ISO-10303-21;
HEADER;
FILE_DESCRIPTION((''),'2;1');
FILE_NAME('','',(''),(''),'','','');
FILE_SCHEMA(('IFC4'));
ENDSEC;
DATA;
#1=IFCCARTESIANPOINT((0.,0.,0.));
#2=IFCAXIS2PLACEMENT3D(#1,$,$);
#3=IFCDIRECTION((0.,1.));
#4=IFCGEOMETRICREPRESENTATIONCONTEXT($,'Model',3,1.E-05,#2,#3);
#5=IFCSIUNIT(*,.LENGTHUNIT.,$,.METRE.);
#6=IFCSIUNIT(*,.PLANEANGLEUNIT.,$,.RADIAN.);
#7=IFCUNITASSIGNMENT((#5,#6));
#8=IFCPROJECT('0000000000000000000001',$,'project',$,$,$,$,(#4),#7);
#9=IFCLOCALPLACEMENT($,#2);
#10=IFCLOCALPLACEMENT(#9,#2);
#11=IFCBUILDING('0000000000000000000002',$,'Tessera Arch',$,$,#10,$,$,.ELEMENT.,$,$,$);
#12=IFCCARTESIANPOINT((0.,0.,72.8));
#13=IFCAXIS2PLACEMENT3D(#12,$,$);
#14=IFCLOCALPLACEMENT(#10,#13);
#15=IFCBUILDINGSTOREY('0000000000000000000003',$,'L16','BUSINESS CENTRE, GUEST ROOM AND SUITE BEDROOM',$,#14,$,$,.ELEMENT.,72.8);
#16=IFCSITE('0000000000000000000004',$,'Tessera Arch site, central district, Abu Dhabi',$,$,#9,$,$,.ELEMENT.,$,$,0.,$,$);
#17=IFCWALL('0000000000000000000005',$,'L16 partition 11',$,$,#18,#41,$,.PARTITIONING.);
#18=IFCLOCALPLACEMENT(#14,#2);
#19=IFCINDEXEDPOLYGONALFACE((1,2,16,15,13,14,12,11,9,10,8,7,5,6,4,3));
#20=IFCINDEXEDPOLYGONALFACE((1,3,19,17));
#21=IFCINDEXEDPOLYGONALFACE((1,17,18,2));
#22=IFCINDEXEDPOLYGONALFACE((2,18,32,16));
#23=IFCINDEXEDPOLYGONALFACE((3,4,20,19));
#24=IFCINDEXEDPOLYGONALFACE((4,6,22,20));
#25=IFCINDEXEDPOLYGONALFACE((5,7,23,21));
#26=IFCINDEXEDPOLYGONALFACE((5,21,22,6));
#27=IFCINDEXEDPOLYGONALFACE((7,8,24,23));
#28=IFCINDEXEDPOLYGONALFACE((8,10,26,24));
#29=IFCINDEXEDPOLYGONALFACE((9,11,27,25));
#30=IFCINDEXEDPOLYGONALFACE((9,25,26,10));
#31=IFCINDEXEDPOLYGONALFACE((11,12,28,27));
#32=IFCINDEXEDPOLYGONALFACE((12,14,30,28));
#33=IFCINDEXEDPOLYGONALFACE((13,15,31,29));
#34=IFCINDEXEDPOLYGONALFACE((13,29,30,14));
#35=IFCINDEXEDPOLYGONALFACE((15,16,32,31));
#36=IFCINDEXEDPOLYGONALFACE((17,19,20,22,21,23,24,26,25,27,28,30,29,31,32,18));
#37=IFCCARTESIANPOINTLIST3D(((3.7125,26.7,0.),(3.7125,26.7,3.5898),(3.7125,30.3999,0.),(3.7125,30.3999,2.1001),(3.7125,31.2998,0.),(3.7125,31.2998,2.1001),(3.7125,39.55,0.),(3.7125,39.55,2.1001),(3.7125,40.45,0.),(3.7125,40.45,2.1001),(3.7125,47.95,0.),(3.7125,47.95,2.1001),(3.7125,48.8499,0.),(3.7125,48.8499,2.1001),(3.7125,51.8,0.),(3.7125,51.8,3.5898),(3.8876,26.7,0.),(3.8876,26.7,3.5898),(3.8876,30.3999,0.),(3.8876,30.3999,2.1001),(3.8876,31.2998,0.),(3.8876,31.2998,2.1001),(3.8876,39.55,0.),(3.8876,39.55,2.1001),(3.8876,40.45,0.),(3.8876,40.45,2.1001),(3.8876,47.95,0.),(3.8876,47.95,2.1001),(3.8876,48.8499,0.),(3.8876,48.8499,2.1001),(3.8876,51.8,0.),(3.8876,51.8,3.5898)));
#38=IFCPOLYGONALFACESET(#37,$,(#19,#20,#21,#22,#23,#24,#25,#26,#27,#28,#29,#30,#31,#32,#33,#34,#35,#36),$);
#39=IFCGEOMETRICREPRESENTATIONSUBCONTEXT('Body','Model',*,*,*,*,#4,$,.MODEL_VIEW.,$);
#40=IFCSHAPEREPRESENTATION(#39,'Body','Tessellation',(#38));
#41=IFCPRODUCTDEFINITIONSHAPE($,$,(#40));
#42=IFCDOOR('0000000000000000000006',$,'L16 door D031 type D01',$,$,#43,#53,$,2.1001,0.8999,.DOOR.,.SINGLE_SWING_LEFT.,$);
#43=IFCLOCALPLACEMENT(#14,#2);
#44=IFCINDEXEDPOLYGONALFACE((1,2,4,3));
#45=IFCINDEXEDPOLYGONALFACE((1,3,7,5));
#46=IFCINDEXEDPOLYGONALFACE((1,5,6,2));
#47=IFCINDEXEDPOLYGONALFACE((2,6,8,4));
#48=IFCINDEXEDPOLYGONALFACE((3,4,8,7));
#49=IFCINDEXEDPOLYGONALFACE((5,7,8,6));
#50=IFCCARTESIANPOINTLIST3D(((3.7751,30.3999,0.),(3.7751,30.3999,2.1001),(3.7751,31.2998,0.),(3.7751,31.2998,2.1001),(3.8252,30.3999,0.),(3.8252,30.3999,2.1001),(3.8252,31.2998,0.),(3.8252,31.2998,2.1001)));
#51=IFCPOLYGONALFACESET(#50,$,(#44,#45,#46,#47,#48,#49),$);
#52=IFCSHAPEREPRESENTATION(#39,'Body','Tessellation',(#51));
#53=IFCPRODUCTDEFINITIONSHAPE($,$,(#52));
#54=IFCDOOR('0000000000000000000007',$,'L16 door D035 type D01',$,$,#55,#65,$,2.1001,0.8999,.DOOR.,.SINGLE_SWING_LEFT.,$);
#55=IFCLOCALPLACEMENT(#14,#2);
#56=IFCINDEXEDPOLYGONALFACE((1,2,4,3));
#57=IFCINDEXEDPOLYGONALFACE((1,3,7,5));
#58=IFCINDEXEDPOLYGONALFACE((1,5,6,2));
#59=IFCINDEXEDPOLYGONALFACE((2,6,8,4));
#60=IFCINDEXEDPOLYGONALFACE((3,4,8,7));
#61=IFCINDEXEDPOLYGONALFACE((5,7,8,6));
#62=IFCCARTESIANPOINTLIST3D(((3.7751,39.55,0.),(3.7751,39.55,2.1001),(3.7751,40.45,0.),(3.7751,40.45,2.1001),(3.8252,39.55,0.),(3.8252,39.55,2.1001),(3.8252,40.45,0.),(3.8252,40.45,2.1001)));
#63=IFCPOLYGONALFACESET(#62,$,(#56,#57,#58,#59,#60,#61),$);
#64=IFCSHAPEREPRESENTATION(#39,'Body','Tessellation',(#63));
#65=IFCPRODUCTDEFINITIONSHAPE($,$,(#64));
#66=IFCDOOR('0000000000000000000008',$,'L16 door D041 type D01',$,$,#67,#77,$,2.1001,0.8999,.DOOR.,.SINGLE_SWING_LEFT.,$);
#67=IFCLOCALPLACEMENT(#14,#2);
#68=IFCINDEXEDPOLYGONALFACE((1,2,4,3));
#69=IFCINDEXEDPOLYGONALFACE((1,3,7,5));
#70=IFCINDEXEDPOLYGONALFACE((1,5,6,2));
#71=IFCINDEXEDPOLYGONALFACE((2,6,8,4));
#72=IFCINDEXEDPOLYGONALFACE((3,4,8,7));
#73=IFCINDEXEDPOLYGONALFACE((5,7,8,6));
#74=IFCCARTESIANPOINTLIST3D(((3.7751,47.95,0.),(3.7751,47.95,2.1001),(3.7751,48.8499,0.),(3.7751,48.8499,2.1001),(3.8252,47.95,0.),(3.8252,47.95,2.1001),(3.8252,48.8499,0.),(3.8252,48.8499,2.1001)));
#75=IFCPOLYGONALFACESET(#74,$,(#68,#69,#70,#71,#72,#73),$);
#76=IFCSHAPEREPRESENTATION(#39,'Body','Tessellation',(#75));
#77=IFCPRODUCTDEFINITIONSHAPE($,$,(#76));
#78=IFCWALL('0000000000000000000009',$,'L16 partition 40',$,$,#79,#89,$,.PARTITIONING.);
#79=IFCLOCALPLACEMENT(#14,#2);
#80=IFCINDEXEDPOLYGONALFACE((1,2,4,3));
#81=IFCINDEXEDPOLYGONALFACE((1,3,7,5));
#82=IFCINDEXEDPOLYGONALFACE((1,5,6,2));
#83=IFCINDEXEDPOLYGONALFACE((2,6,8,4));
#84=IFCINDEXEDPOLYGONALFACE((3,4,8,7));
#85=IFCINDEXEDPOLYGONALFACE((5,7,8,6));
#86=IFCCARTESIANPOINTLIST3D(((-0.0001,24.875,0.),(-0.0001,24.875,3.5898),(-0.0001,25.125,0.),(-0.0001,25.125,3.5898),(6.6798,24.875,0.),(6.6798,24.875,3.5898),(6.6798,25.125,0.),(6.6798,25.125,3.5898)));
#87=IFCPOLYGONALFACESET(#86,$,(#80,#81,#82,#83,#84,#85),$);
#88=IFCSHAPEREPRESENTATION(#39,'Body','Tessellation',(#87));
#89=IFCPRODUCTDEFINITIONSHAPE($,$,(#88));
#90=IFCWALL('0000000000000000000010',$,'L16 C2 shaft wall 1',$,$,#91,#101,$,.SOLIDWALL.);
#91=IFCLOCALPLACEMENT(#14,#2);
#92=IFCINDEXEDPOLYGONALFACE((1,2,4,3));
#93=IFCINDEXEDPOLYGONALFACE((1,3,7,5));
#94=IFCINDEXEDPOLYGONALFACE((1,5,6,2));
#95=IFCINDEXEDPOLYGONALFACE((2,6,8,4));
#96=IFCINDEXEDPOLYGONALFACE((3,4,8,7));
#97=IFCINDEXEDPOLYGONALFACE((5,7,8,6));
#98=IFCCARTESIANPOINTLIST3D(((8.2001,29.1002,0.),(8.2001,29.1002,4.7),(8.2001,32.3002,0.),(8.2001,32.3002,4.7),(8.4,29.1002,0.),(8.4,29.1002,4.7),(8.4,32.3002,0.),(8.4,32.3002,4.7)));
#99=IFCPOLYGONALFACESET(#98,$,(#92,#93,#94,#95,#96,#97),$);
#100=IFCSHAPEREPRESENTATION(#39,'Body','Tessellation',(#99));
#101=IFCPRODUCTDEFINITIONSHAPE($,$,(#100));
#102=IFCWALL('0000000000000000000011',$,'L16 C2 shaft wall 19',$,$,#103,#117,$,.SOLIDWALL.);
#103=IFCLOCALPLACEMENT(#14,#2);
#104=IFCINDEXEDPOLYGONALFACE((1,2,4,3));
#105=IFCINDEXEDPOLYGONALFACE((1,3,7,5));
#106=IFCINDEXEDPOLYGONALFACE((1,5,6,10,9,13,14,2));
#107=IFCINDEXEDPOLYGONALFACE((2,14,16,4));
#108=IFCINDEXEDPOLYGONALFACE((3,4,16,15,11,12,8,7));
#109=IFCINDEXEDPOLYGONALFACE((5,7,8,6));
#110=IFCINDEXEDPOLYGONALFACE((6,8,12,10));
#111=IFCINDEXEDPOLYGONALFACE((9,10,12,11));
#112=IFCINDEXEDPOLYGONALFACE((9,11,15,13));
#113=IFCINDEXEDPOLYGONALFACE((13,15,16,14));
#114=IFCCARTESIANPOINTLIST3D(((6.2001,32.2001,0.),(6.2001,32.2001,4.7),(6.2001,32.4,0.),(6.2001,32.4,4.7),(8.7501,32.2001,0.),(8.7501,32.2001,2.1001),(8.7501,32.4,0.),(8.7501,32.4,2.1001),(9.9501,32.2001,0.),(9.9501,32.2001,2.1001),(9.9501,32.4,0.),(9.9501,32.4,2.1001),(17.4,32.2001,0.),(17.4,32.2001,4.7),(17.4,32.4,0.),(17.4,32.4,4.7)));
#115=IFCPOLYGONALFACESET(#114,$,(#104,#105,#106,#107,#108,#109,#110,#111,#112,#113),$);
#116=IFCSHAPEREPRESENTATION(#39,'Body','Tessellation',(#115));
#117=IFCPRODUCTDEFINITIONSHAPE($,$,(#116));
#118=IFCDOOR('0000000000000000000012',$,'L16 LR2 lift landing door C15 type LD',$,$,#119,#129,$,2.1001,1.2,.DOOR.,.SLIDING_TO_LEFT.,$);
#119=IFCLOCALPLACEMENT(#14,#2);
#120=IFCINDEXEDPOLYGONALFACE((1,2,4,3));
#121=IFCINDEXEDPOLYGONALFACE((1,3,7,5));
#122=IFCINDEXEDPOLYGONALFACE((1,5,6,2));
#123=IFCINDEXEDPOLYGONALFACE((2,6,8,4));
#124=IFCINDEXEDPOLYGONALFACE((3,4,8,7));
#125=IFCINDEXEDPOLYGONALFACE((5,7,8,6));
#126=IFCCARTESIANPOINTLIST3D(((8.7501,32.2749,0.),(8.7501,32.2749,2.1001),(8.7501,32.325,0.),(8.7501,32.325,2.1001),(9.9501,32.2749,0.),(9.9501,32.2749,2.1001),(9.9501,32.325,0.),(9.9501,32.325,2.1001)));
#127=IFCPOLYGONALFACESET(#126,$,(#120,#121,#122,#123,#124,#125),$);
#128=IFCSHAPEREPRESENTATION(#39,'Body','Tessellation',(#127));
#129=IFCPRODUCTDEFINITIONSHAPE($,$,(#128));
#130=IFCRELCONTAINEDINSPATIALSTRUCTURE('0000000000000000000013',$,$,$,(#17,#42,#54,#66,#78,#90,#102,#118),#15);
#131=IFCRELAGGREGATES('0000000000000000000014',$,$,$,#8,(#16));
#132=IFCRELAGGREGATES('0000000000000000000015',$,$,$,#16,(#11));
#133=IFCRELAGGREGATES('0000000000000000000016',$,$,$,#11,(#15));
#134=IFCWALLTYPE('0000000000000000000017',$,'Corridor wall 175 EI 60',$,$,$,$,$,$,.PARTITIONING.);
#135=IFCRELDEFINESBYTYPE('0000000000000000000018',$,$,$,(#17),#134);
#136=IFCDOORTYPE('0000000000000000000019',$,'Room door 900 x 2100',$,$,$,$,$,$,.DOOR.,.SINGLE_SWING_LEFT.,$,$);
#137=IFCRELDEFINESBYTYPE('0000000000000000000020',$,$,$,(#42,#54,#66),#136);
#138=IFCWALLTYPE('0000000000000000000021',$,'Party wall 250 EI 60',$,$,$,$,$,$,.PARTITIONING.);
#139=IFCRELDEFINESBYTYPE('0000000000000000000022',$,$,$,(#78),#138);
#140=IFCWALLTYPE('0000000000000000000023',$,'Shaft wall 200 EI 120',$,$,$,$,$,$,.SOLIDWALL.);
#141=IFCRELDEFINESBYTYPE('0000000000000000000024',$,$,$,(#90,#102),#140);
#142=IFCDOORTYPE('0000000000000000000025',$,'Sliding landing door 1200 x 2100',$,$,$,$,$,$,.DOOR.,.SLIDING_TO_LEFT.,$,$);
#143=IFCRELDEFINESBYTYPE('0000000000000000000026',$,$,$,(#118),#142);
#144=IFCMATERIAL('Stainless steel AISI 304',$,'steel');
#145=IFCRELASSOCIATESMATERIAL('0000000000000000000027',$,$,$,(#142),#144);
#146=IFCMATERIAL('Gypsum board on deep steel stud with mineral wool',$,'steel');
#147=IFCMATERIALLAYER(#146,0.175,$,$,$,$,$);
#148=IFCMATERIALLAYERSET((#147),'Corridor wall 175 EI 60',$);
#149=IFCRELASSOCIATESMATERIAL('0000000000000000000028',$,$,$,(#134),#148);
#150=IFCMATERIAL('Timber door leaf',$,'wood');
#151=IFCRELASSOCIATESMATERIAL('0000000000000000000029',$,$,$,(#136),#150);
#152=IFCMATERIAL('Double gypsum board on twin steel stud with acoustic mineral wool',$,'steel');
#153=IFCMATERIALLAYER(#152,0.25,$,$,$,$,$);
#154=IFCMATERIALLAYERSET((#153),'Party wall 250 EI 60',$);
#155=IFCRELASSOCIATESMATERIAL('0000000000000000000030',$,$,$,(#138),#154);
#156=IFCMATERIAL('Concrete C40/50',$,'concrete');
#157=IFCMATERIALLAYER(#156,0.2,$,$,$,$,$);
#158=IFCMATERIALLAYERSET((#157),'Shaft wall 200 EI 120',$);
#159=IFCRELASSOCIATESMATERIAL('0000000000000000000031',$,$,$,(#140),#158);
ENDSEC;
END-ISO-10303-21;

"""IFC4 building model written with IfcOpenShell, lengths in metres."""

from ifc_helpers import new_model, si_unit, direction, frame, frame_2d, origin, place, context, subcontext, project, spatial, rectangle, extrude, material, layer, layer_set, type_object, element, fill, save


model = new_model("IFC4")

# Units and contexts
model_context = context("Model", 3, precision=1e-05, world=origin(), true_north=direction((0.0, 1.0)))
body_context = subcontext(model_context, "Body", "Model", "MODEL_VIEW")
ifc_project = project(units=[si_unit("LENGTHUNIT", "METRE"), si_unit("PLANEANGLEUNIT", "RADIAN")], contexts=[model_context])

# Site, building, storey
site_placement = place(None, origin())
site = spatial("IfcSite", under=ifc_project, at=site_placement, Name="Tessera Arch site, central district, Abu Dhabi", CompositionType="ELEMENT", RefElevation=0.0)
building_placement = place(site_placement, origin())
building = spatial("IfcBuilding", under=site, at=building_placement, Name="Tessera Arch", CompositionType="ELEMENT")
storey_placement = place(building_placement, frame((0.0, 0.0, 72.8)))
storey = spatial("IfcBuildingStorey", under=building, at=storey_placement, Name="L16", Description="BUSINESS CENTRE, GUEST ROOM AND SUITE BEDROOM", CompositionType="ELEMENT", Elevation=72.8)

# Shared definitions
ifc_material_1 = material(Name="Stainless steel AISI 304", Category="steel")
door_type_1 = type_object("IfcDoorType", Name="Sliding landing door 1200 x 2100", OperationType="SLIDING_TO_LEFT", PredefinedType="DOOR", material=ifc_material_1)

# Shared definitions
ifc_material_2 = material(Name="Gypsum board on deep steel stud with mineral wool", Category="steel")
ifc_layer_1 = layer(ifc_material_2, 0.175)
ifc_layer_set_1 = layer_set([ifc_layer_1], Name="Corridor wall 175 EI 60")
wall_type_1 = type_object("IfcWallType", Name="Corridor wall 175 EI 60", PredefinedType="PARTITIONING", material=ifc_layer_set_1)

# Wall, openings, doors
wall_1_placement = place(storey_placement, frame((3.8, 26.7, 0.0), z_axis=(0.0, 0.0, 1.0), x_axis=(0.0, 1.0, 0.0)))
wall_1 = element("IfcWall", 1, at=wall_1_placement, inside=storey, type_object=wall_type_1, Name="L16 partition 11", PredefinedType="PARTITIONING", context=body_context, shape_type="SweptSolid", body=[
    extrude(rectangle(XDim=25.1001, YDim=0.175, at=frame_2d((12.55, 0.0))), origin(), (0.0, 0.0, 1.0), 3.5898),
])
opening_1_placement = place(wall_1_placement, frame((3.7, 0.0, 0.0)))
opening_1 = element("IfcOpeningElement", 2, at=opening_1_placement, cuts=wall_1, PredefinedType="OPENING", context=body_context, shape_type="SweptSolid", body=[
    extrude(rectangle(XDim=0.8999, YDim=2.1001, at=frame_2d((0.45, 1.05))), frame((0.0, 0.0974, 0.0), z_axis=(0.0, -1.0, 0.0), x_axis=(1.0, 0.0, 0.0)), (0.0, 0.0, 1.0), 0.1951),
])
opening_2_placement = place(wall_1_placement, frame((12.8501, 0.0, 0.0)))
opening_2 = element("IfcOpeningElement", 3, at=opening_2_placement, cuts=wall_1, PredefinedType="OPENING", context=body_context, shape_type="SweptSolid", body=[
    extrude(rectangle(XDim=0.8999, YDim=2.1001, at=frame_2d((0.45, 1.05))), frame((0.0, 0.0974, 0.0), z_axis=(0.0, -1.0, 0.0), x_axis=(1.0, 0.0, 0.0)), (0.0, 0.0, 1.0), 0.1951),
])
opening_3_placement = place(wall_1_placement, frame((21.25, 0.0, 0.0)))
opening_3 = element("IfcOpeningElement", 4, at=opening_3_placement, cuts=wall_1, PredefinedType="OPENING", context=body_context, shape_type="SweptSolid", body=[
    extrude(rectangle(XDim=0.8999, YDim=2.1001, at=frame_2d((0.45, 1.05))), frame((0.0, 0.0974, 0.0), z_axis=(0.0, -1.0, 0.0), x_axis=(1.0, 0.0, 0.0)), (0.0, 0.0, 1.0), 0.1951),
])
ifc_material_3 = material(Name="Timber door leaf", Category="wood")
door_type_2 = type_object("IfcDoorType", Name="Room door 900 x 2100", OperationType="SINGLE_SWING_LEFT", PredefinedType="DOOR", material=ifc_material_3)
door_1_placement = place(opening_1_placement, origin())
door_1 = element("IfcDoor", 5, at=door_1_placement, inside=storey, type_object=door_type_2, Name="L16 door D031 type D01", OperationType="SINGLE_SWING_LEFT", OverallHeight=2.1001, OverallWidth=0.8999, PredefinedType="DOOR", context=body_context, shape_type="SweptSolid", body=[
    extrude(rectangle(XDim=0.8999, YDim=2.1001, at=frame_2d((0.45, 1.05))), frame((0.0, 0.0249, 0.0), z_axis=(0.0, -1.0, 0.0), x_axis=(1.0, 0.0, 0.0)), (0.0, 0.0, 1.0), 0.05),
])
fill(opening_1, door_1)
door_2_placement = place(opening_2_placement, origin())
door_2 = element("IfcDoor", 6, at=door_2_placement, inside=storey, type_object=door_type_2, Name="L16 door D035 type D01", OperationType="SINGLE_SWING_LEFT", OverallHeight=2.1001, OverallWidth=0.8999, PredefinedType="DOOR", context=body_context, shape_type="SweptSolid", body=[
    extrude(rectangle(XDim=0.8999, YDim=2.1001, at=frame_2d((0.45, 1.05))), frame((0.0, 0.0249, 0.0), z_axis=(0.0, -1.0, 0.0), x_axis=(1.0, 0.0, 0.0)), (0.0, 0.0, 1.0), 0.05),
])
fill(opening_2, door_2)
door_3_placement = place(opening_3_placement, origin())
door_3 = element("IfcDoor", 7, at=door_3_placement, inside=storey, type_object=door_type_2, Name="L16 door D041 type D01", OperationType="SINGLE_SWING_LEFT", OverallHeight=2.1001, OverallWidth=0.8999, PredefinedType="DOOR", context=body_context, shape_type="SweptSolid", body=[
    extrude(rectangle(XDim=0.8999, YDim=2.1001, at=frame_2d((0.45, 1.05))), frame((0.0, 0.0249, 0.0), z_axis=(0.0, -1.0, 0.0), x_axis=(1.0, 0.0, 0.0)), (0.0, 0.0, 1.0), 0.05),
])
fill(opening_3, door_3)

# Walls
ifc_material_4 = material(Name="Double gypsum board on twin steel stud with acoustic mineral wool", Category="steel")
ifc_layer_2 = layer(ifc_material_4, 0.25)
ifc_layer_set_2 = layer_set([ifc_layer_2], Name="Party wall 250 EI 60")
wall_type_2 = type_object("IfcWallType", Name="Party wall 250 EI 60", PredefinedType="PARTITIONING", material=ifc_layer_set_2)
wall_2_placement = place(storey_placement, frame((0.0, 25.0, 0.0), z_axis=(0.0, 0.0, 1.0), x_axis=(1.0, 0.0, 0.0)))
element("IfcWall", 8, at=wall_2_placement, inside=storey, type_object=wall_type_2, Name="L16 partition 40", PredefinedType="PARTITIONING", context=body_context, shape_type="SweptSolid", body=[
    extrude(rectangle(XDim=6.6799, YDim=0.25, at=frame_2d((3.3398, 0.0))), origin(), (0.0, 0.0, 1.0), 3.5898),
])
ifc_material_5 = material(Name="Concrete C40/50", Category="concrete")
ifc_layer_3 = layer(ifc_material_5, 0.2)
ifc_layer_set_3 = layer_set([ifc_layer_3], Name="Shaft wall 200 EI 120")
wall_type_3 = type_object("IfcWallType", Name="Shaft wall 200 EI 120", PredefinedType="SOLIDWALL", material=ifc_layer_set_3)
wall_3_placement = place(storey_placement, frame((8.3, 29.1001, 0.0), z_axis=(0.0, 0.0, 1.0), x_axis=(0.0, 1.0, 0.0)))
element("IfcWall", 9, at=wall_3_placement, inside=storey, type_object=wall_type_3, Name="L16 C2 shaft wall 1", PredefinedType="SOLIDWALL", context=body_context, shape_type="SweptSolid", body=[
    extrude(rectangle(XDim=3.2, YDim=0.2, at=frame_2d((1.6001, 0.0))), origin(), (0.0, 0.0, 1.0), 4.7),
])

# Wall, opening, door
wall_4_placement = place(storey_placement, frame((6.2, 32.3, 0.0), z_axis=(0.0, 0.0, 1.0), x_axis=(1.0, 0.0, 0.0)))
wall_4 = element("IfcWall", 10, at=wall_4_placement, inside=storey, type_object=wall_type_3, Name="L16 C2 shaft wall 19", PredefinedType="SOLIDWALL", context=body_context, shape_type="SweptSolid", body=[
    extrude(rectangle(XDim=11.2, YDim=0.2, at=frame_2d((5.6001, 0.0))), origin(), (0.0, 0.0, 1.0), 4.7),
])
opening_4_placement = place(wall_4_placement, frame((2.55, 0.0, 0.0)))
opening_4 = element("IfcOpeningElement", 11, at=opening_4_placement, cuts=wall_4, PredefinedType="OPENING", context=body_context, shape_type="SweptSolid", body=[
    extrude(rectangle(XDim=1.2, YDim=2.1001, at=frame_2d((0.6001, 1.05))), frame((0.0, 0.1099, 0.0), z_axis=(0.0, -1.0, 0.0), x_axis=(1.0, 0.0, 0.0)), (0.0, 0.0, 1.0), 0.22),
])
door_4_placement = place(opening_4_placement, origin())
door_4 = element("IfcDoor", 12, at=door_4_placement, inside=storey, type_object=door_type_1, Name="L16 LR2 lift landing door C15 type LD", OperationType="SLIDING_TO_LEFT", OverallHeight=2.1001, OverallWidth=1.2, PredefinedType="DOOR", context=body_context, shape_type="SweptSolid", body=[
    extrude(rectangle(XDim=1.2, YDim=2.1001, at=frame_2d((0.6001, 1.05))), frame((0.0, 0.0249, 0.0), z_axis=(0.0, -1.0, 0.0), x_axis=(1.0, 0.0, 0.0)), (0.0, 0.0, 1.0), 0.05),
])
fill(opening_4, door_4)

save(model, "model.ifc")
